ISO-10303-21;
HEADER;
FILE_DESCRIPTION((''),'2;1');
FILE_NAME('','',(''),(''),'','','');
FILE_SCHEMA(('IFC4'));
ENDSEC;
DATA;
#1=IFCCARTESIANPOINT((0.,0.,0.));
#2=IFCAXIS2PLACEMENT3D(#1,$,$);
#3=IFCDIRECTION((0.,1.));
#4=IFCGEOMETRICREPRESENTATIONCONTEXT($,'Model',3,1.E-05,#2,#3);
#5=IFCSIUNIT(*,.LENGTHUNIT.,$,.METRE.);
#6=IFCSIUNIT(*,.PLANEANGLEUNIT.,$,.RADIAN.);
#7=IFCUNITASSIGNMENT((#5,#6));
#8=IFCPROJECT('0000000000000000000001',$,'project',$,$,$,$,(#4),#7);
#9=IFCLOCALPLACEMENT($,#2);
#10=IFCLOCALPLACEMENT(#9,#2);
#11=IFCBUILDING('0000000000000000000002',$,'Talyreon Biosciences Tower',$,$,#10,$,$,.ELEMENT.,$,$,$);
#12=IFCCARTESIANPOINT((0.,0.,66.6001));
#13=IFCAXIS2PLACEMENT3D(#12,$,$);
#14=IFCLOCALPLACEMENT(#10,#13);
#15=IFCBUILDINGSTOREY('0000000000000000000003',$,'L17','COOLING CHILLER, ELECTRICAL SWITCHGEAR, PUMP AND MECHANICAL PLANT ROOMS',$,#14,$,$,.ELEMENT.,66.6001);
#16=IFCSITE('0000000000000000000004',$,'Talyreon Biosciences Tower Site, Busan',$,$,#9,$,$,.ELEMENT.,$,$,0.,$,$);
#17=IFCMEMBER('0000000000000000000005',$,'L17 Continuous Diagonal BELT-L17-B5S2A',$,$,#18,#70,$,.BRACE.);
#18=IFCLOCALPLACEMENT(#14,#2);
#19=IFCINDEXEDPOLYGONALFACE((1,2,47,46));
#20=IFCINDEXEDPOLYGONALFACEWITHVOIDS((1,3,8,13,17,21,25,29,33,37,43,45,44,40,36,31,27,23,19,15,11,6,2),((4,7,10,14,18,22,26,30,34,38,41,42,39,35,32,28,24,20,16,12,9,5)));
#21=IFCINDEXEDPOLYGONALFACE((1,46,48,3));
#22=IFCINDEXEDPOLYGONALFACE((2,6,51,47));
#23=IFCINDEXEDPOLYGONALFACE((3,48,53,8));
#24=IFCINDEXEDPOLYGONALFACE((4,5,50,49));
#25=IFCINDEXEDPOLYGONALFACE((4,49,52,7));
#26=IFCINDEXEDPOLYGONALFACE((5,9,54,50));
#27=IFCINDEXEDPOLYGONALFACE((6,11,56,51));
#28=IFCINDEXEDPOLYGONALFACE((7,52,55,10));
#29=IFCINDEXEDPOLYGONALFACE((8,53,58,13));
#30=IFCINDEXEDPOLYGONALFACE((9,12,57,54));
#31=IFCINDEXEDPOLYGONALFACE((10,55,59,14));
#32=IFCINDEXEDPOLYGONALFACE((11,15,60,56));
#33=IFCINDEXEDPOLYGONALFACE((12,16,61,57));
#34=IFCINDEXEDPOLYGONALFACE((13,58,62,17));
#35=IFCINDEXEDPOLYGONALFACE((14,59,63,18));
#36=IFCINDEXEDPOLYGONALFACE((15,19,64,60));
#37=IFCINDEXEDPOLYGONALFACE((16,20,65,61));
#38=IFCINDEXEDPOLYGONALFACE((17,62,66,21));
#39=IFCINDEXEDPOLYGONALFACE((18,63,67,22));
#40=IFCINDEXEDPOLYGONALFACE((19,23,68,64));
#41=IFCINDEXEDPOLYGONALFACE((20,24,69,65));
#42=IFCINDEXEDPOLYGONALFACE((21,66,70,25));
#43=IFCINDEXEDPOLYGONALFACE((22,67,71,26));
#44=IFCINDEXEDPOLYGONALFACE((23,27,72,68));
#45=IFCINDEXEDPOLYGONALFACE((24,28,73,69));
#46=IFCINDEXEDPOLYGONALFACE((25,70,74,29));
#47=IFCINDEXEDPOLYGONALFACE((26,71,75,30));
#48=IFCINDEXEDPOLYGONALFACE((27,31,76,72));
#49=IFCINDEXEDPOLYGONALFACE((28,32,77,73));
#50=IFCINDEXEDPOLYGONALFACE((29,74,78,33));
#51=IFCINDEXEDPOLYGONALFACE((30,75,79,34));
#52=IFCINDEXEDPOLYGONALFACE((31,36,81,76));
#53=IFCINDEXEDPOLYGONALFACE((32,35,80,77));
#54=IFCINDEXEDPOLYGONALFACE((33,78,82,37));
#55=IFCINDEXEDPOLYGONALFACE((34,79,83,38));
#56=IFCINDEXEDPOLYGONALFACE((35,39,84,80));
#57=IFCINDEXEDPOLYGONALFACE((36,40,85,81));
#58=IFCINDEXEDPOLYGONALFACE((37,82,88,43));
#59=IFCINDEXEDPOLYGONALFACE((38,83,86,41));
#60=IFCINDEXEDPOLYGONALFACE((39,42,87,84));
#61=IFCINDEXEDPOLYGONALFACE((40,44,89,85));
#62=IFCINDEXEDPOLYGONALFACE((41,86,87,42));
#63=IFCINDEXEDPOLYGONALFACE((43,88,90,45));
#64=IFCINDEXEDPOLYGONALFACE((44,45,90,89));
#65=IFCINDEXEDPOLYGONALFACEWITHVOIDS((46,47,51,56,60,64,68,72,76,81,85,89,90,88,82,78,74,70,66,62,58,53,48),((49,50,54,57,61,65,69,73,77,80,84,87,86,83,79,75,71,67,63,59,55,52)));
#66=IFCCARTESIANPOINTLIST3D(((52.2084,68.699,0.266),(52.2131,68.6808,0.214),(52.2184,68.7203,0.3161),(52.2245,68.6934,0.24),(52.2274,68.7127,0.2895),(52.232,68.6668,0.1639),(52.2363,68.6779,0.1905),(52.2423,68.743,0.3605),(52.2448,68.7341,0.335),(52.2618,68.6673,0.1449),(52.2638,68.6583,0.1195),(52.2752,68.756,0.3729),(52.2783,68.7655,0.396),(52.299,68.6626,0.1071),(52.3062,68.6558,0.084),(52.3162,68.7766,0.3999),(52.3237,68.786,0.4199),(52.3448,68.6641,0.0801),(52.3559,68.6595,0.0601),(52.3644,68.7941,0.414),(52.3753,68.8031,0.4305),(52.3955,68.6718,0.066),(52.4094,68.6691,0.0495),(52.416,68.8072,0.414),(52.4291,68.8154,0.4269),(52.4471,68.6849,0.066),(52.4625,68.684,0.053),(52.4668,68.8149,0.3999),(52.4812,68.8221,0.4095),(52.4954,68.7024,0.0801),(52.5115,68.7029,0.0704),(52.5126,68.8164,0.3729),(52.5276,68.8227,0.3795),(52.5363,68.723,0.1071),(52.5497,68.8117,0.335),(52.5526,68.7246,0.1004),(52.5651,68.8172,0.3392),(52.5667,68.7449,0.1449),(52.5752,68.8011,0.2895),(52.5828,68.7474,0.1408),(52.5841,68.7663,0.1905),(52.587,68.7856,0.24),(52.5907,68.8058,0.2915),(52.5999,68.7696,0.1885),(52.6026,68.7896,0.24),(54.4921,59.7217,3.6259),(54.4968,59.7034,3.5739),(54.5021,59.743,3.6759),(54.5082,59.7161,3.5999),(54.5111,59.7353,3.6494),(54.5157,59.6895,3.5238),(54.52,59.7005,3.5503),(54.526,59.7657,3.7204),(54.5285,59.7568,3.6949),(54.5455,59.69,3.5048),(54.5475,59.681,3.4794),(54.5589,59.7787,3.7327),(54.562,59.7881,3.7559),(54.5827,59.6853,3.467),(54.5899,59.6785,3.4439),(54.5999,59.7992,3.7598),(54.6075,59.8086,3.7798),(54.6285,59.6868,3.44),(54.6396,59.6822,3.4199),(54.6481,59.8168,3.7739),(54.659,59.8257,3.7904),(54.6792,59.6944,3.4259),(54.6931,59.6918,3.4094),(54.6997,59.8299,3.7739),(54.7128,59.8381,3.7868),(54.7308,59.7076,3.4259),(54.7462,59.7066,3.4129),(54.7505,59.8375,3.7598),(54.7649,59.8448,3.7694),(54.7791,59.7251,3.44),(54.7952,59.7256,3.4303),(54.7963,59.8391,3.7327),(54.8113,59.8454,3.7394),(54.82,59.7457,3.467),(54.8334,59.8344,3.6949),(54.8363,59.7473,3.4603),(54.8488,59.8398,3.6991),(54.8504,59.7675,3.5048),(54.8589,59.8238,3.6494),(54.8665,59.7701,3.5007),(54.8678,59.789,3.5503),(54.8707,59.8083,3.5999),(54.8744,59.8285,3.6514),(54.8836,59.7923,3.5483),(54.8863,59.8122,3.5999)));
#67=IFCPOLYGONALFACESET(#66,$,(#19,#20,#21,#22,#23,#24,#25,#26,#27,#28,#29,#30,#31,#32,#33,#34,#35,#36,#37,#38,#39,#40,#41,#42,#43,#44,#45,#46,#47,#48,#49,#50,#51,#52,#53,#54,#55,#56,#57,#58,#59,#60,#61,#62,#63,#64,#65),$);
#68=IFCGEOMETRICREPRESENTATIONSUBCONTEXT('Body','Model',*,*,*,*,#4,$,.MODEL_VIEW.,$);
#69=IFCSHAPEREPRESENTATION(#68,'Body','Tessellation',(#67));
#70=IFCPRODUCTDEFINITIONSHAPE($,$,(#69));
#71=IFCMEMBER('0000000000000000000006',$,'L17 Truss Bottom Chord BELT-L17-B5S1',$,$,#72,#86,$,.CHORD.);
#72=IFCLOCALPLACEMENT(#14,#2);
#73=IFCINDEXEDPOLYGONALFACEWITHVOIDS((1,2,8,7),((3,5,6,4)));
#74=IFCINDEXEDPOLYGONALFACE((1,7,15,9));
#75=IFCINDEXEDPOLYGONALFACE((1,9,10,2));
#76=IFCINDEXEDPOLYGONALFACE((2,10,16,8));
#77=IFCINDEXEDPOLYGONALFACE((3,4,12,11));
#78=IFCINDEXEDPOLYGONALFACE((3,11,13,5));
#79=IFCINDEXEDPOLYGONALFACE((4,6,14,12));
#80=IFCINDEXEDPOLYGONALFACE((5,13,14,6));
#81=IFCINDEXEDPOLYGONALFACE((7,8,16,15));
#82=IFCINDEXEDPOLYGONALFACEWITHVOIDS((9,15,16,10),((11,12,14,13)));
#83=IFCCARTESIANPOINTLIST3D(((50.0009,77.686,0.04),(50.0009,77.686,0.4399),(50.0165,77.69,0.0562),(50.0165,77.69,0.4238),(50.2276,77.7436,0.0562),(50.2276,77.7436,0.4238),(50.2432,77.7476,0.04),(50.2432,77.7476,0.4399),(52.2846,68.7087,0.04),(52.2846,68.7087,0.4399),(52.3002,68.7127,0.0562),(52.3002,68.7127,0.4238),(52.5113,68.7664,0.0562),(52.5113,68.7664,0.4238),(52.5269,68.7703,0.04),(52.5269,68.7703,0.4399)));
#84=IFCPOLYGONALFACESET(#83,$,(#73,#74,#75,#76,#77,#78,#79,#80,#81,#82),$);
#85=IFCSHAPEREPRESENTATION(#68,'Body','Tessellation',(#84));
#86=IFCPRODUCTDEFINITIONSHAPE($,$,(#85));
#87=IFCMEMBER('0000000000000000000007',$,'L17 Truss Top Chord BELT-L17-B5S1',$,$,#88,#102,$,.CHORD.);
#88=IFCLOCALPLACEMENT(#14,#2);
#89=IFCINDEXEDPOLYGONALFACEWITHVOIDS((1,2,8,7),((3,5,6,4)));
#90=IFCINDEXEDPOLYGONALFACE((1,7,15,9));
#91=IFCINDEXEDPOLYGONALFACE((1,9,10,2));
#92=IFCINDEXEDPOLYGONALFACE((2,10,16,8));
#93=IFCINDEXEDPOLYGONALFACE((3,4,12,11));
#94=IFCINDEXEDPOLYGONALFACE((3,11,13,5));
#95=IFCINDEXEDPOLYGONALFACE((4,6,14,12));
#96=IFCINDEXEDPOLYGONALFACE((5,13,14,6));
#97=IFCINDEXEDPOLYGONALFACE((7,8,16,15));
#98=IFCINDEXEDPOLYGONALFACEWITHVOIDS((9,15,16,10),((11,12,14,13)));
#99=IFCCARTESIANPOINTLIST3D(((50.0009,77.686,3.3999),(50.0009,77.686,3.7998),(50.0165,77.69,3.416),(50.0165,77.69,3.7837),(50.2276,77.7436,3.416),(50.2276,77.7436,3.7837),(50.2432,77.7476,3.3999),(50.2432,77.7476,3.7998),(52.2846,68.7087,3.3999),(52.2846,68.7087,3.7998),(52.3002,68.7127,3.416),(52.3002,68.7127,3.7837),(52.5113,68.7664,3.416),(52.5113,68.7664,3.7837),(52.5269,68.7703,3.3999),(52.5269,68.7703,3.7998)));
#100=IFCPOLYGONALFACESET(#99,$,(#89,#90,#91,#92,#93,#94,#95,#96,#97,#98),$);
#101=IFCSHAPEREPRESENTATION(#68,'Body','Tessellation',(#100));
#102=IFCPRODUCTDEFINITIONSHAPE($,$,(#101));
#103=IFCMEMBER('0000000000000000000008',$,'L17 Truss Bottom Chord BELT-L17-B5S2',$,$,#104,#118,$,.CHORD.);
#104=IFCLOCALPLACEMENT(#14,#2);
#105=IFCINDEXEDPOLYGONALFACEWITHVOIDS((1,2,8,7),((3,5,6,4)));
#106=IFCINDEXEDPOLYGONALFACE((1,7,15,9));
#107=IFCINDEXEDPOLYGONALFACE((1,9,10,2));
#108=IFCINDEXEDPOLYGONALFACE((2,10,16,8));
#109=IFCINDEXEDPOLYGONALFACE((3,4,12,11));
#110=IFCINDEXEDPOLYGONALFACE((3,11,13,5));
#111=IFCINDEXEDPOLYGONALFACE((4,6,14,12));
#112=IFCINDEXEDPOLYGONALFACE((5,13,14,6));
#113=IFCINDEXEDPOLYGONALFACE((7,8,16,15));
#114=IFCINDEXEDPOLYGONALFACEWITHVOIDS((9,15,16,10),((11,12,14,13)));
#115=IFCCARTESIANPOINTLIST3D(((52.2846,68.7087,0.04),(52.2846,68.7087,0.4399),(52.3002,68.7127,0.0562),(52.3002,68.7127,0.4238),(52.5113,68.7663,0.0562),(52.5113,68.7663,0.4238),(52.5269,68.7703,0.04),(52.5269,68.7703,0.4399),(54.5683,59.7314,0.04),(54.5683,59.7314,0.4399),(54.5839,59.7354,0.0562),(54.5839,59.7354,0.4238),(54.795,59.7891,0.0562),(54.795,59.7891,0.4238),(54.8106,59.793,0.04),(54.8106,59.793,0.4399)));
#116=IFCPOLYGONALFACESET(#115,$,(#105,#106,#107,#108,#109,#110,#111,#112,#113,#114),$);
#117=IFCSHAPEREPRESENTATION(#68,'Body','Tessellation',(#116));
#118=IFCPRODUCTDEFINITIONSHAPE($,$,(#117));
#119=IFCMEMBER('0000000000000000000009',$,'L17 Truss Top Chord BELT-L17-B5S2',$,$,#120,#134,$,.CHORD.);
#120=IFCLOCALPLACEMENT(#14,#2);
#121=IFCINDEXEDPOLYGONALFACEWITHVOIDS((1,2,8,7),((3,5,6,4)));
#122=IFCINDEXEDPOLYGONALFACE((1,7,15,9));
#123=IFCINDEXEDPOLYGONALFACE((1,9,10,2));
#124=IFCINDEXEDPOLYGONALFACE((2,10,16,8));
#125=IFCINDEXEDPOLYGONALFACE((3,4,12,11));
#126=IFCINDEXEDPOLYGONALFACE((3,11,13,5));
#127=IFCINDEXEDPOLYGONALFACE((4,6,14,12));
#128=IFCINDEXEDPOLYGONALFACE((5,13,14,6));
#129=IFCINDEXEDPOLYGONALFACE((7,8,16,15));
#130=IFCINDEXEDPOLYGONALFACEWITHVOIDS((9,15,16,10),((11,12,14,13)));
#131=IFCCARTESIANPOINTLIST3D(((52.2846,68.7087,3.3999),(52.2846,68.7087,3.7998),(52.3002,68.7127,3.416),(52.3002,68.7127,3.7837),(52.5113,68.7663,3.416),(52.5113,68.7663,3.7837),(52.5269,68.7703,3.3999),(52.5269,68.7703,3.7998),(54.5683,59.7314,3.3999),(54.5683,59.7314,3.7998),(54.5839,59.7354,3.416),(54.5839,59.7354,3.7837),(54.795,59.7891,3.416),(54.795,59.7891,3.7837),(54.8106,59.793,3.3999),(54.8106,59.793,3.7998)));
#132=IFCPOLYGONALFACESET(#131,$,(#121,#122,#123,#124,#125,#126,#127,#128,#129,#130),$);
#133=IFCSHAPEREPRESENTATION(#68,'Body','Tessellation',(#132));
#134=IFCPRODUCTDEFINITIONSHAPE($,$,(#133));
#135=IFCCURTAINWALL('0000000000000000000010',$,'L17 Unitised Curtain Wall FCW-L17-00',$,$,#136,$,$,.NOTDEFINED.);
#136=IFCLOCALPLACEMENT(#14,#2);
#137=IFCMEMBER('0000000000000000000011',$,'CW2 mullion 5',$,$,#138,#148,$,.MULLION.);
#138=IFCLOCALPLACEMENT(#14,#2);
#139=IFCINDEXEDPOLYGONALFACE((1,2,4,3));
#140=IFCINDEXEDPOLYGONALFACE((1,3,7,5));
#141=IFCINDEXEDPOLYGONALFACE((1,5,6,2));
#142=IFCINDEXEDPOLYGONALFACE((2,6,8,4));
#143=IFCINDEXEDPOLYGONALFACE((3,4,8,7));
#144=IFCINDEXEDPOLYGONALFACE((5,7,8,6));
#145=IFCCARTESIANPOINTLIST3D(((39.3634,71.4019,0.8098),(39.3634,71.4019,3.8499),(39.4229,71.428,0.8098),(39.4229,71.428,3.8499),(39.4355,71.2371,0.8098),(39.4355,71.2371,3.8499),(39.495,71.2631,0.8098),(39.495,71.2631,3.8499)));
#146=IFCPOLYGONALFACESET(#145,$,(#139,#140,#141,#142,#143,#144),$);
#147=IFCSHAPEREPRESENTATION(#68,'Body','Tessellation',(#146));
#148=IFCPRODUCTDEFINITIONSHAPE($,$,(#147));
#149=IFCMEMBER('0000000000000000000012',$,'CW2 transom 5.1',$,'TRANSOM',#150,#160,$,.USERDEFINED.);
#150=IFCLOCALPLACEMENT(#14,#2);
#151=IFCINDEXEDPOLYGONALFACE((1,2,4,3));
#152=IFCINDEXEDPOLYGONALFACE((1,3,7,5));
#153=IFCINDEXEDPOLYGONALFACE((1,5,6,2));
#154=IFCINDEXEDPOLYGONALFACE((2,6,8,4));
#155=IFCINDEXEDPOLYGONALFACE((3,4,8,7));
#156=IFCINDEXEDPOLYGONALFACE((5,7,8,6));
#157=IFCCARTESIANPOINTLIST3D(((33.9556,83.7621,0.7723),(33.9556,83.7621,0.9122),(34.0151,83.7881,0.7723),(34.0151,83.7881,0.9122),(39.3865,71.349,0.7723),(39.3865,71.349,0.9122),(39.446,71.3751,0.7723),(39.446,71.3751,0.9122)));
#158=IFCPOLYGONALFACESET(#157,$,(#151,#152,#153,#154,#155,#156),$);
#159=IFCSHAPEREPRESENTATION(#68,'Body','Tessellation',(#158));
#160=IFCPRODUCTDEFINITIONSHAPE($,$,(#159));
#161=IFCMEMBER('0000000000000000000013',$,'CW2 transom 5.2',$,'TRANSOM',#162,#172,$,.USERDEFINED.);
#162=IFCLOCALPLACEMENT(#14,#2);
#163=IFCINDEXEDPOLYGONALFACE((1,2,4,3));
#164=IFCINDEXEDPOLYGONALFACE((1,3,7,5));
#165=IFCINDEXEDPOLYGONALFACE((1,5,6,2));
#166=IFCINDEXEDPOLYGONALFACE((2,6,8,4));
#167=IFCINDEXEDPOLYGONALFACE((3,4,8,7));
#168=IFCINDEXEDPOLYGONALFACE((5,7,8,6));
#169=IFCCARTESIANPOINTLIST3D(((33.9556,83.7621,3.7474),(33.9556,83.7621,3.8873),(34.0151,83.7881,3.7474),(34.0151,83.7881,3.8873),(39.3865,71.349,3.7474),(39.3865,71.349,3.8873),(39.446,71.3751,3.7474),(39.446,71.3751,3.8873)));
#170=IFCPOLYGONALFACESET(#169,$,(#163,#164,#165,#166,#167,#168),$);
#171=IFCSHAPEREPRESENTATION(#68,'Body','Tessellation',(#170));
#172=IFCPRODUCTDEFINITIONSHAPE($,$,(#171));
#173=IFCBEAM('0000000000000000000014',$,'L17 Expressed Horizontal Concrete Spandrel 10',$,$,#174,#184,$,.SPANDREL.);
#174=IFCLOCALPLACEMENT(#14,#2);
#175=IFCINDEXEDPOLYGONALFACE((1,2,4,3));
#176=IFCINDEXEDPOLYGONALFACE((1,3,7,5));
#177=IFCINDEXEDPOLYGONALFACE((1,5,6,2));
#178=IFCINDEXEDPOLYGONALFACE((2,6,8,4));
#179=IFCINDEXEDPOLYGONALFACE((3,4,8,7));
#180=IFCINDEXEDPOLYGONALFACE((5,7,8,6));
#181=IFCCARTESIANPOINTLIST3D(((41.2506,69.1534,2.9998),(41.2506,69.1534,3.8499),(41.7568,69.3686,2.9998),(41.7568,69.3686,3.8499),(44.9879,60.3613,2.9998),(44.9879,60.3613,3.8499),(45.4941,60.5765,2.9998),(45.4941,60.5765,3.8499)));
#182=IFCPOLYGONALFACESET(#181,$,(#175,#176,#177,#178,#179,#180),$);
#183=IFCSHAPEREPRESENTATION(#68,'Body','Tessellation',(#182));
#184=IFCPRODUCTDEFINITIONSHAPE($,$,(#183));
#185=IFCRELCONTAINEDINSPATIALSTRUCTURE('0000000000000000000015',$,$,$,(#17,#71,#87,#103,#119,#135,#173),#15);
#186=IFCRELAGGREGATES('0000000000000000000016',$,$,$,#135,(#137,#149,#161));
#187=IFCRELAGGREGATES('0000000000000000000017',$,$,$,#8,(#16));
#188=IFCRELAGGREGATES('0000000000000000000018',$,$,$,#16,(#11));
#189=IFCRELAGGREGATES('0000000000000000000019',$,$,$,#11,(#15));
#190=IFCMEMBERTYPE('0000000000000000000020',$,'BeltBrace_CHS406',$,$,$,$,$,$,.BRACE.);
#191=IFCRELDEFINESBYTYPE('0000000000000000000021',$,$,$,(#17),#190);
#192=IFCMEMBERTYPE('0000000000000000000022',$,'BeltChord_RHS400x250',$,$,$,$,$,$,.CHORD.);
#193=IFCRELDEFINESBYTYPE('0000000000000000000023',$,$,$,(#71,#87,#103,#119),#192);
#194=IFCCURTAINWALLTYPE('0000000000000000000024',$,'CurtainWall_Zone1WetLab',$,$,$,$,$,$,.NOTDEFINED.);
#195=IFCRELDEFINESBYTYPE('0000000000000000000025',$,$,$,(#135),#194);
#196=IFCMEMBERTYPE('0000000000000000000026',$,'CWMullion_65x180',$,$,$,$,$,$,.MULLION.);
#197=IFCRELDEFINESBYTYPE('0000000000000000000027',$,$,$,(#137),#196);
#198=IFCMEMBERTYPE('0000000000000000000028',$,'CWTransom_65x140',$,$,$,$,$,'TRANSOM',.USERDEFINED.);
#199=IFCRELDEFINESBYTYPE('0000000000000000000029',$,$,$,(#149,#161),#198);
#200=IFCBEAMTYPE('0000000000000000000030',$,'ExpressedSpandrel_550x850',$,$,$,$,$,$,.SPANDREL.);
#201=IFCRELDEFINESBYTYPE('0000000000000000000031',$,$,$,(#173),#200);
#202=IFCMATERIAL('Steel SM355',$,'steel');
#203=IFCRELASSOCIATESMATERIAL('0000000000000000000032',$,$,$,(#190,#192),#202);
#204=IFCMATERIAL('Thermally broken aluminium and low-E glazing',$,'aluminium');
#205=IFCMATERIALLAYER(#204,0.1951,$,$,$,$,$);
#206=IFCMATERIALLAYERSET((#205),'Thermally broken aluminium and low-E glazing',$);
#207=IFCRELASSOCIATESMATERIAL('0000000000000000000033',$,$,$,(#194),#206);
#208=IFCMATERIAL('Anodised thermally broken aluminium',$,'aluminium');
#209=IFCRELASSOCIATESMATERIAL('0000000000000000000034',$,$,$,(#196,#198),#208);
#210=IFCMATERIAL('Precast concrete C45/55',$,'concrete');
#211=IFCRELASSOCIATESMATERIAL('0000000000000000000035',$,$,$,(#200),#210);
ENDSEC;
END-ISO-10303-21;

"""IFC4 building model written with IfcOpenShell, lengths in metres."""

from ifc_helpers import new_model, si_unit, direction, frame, origin, origin_2d, place, context, subcontext, project, spatial, rectangle, hollow_rectangle, hollow_circle, extrude, material, layer, layer_set, material_profile, profile_set, type_object, element, aggregate, save


model = new_model("IFC4")

# Units and contexts
model_context = context("Model", 3, precision=1e-05, world=origin(), true_north=direction((0.0, 1.0)))
body_context = subcontext(model_context, "Body", "Model", "MODEL_VIEW")
ifc_project = project(units=[si_unit("LENGTHUNIT", "METRE"), si_unit("PLANEANGLEUNIT", "RADIAN")], contexts=[model_context])

# Site, building, storey
site_placement = place(None, origin())
site = spatial("IfcSite", under=ifc_project, at=site_placement, Name="Talyreon Biosciences Tower Site, Busan", CompositionType="ELEMENT", RefElevation=0.0)
building_placement = place(site_placement, origin())
building = spatial("IfcBuilding", under=site, at=building_placement, Name="Talyreon Biosciences Tower", CompositionType="ELEMENT")
storey_placement = place(building_placement, frame((0.0, 0.0, 66.6001)))
storey = spatial("IfcBuildingStorey", under=building, at=storey_placement, Name="L17", Description="COOLING CHILLER, ELECTRICAL SWITCHGEAR, PUMP AND MECHANICAL PLANT ROOMS", CompositionType="ELEMENT", Elevation=66.6001)

# Members
ifc_material_1 = material(Name="Steel SM355", Category="steel")
ifc_material_profile_1 = material_profile(ifc_material_1, hollow_circle(Radius=0.2031, WallThickness=0.0161, at=origin_2d()), Name="CHS 406.4x16")
ifc_profile_set_1 = profile_set([ifc_material_profile_1], Name="Steel SM355")
member_type_1 = type_object("IfcMemberType", Name="BeltBrace_CHS406", PredefinedType="BRACE", material=ifc_profile_set_1)
member_1_placement = place(storey_placement, frame((52.4058, 68.7395, 0.24), z_axis=(0.231759, -0.911057, 0.340974), x_axis=(0.969134, 0.246533, 0.0)))
element("IfcMember", 1, at=member_1_placement, inside=storey, type_object=member_type_1, Name="L17 Continuous Diagonal BELT-L17-B5S2A", PredefinedType="BRACE", context=body_context, shape_type="SweptSolid", body=[
    extrude(hollow_circle(Radius=0.2031, WallThickness=0.0161, at=origin_2d()), origin(), (0.0, 0.0, 1.0), 9.8538),
])
ifc_material_profile_2 = material_profile(ifc_material_1, hollow_rectangle(XDim=0.25, YDim=0.3999, WallThickness=0.0161, at=origin_2d()), Name="RHS 400x250x16")
ifc_profile_set_2 = profile_set([ifc_material_profile_2], Name="Steel SM355")
member_type_2 = type_object("IfcMemberType", Name="BeltChord_RHS400x250", PredefinedType="CHORD", material=ifc_profile_set_2)
for number, where, z_axis, x_axis, name in (
    (2, (50.1221, 77.7168, 0.24), (0.246533, -0.969134, 0.0), (0.969134, 0.246533, 0.0), "L17 Truss Bottom Chord BELT-L17-B5S1"),
    (3, (50.1221, 77.7168, 3.5999), (0.246533, -0.969134, 0.0), (0.969134, 0.246533, 0.0), "L17 Truss Top Chord BELT-L17-B5S1"),
    (4, (52.4058, 68.7395, 0.24), (0.246533, -0.969134, 0.0), (0.969134, 0.246533, 0.0), "L17 Truss Bottom Chord BELT-L17-B5S2"),
    (5, (52.4058, 68.7395, 3.5999), (0.246533, -0.969134, 0.0), (0.969134, 0.246533, 0.0), "L17 Truss Top Chord BELT-L17-B5S2"),
):
    element("IfcMember", number, at=place(storey_placement, frame(where, z_axis=z_axis, x_axis=x_axis)), inside=storey, type_object=member_type_2, Name=name, PredefinedType="CHORD", context=body_context, shape_type="SweptSolid", body=[
        extrude(hollow_rectangle(XDim=0.25, YDim=0.3999, WallThickness=0.0161, at=origin_2d()), origin(), (0.0, 0.0, 1.0), 9.2632),
    ])

# Curtain wall, members
ifc_material_2 = material(Name="Thermally broken aluminium and low-E glazing", Category="aluminium")
ifc_layer_1 = layer(ifc_material_2, 0.1951)
ifc_layer_set_1 = layer_set([ifc_layer_1], Name="Thermally broken aluminium and low-E glazing")
curtain_wall_type = type_object("IfcCurtainWallType", Name="CurtainWall_Zone1WetLab", PredefinedType="NOTDEFINED", material=ifc_layer_set_1)
curtain_wall_placement = place(storey_placement, origin())
curtain_wall = element("IfcCurtainWall", 6, at=curtain_wall_placement, inside=storey, type_object=curtain_wall_type, Name="L17 Unitised Curtain Wall FCW-L17-00", PredefinedType="NOTDEFINED")
ifc_material_3 = material(Name="Anodised thermally broken aluminium", Category="aluminium")
ifc_material_profile_3 = material_profile(ifc_material_3, rectangle(XDim=0.0649, YDim=0.1799, at=origin_2d()), Name="ALUM MULLION 65x180")
ifc_profile_set_3 = profile_set([ifc_material_profile_3], Name="Anodised thermally broken aluminium")
member_type_3 = type_object("IfcMemberType", Name="CWMullion_65x180", PredefinedType="MULLION", material=ifc_profile_set_3)
member_2_placement = place(storey_placement, frame((39.4292, 71.3325, 0.8098), z_axis=(0.0, 0.0, 1.0), x_axis=(-0.916152, -0.400831, 0.0)))
member_2 = element("IfcMember", 7, at=member_2_placement, type_object=member_type_3, Name="CW2 mullion 5", PredefinedType="MULLION", context=body_context, shape_type="SweptSolid", body=[
    extrude(rectangle(XDim=0.0649, YDim=0.1799, at=origin_2d()), origin(), (0.0, 0.0, 1.0), 3.04),
])
ifc_material_profile_4 = material_profile(ifc_material_3, rectangle(XDim=0.0649, YDim=0.1399, at=origin_2d()), Name="ALUM TRANSOM 65x140")
ifc_profile_set_4 = profile_set([ifc_material_profile_4], Name="Anodised thermally broken aluminium")
member_type_4 = type_object("IfcMemberType", Name="CWTransom_65x140", ElementType="TRANSOM", PredefinedType="USERDEFINED", material=ifc_profile_set_4)
member_3_placement = place(storey_placement, frame((39.4163, 71.3621, 0.8423), z_axis=(-0.40083, 0.916152, 0.0), x_axis=(-0.916152, -0.40083, 0.0)))
member_3 = element("IfcMember", 8, at=member_3_placement, type_object=member_type_4, Name="CW2 transom 5.1", ObjectType="TRANSOM", PredefinedType="USERDEFINED", context=body_context, shape_type="SweptSolid", body=[
    extrude(rectangle(XDim=0.0649, YDim=0.1399, at=origin_2d()), origin(), (0.0, 0.0, 1.0), 13.5491),
])
member_4_placement = place(storey_placement, frame((39.4163, 71.3621, 3.8174), z_axis=(-0.40083, 0.916152, 0.0), x_axis=(-0.916152, -0.40083, 0.0)))
member_4 = element("IfcMember", 9, at=member_4_placement, type_object=member_type_4, Name="CW2 transom 5.2", ObjectType="TRANSOM", PredefinedType="USERDEFINED", context=body_context, shape_type="SweptSolid", body=[
    extrude(rectangle(XDim=0.0649, YDim=0.1399, at=origin_2d()), origin(), (0.0, 0.0, 1.0), 13.5491),
])

# Beam
ifc_material_4 = material(Name="Precast concrete C45/55", Category="concrete")
ifc_material_profile_5 = material_profile(ifc_material_4, rectangle(XDim=0.55, YDim=0.8501, at=origin_2d()), Name="RCB 550x850")
ifc_profile_set_5 = profile_set([ifc_material_profile_5], Name="Precast concrete C45/55")
beam_type = type_object("IfcBeamType", Name="ExpressedSpandrel_550x850", PredefinedType="SPANDREL", material=ifc_profile_set_5)
beam_placement = place(storey_placement, frame((41.5037, 69.261, 3.4248), z_axis=(0.391203, -0.920304, 0.0), x_axis=(0.920304, 0.391203, 0.0)))
element("IfcBeam", 10, at=beam_placement, inside=storey, type_object=beam_type, Name="L17 Expressed Horizontal Concrete Spandrel 10", PredefinedType="SPANDREL", context=body_context, shape_type="SweptSolid", body=[
    extrude(rectangle(XDim=0.55, YDim=0.8501, at=origin_2d()), origin(), (0.0, 0.0, 1.0), 9.5535),
])

aggregate(curtain_wall, [member_2, member_3, member_4])

save(model, "model.ifc")
